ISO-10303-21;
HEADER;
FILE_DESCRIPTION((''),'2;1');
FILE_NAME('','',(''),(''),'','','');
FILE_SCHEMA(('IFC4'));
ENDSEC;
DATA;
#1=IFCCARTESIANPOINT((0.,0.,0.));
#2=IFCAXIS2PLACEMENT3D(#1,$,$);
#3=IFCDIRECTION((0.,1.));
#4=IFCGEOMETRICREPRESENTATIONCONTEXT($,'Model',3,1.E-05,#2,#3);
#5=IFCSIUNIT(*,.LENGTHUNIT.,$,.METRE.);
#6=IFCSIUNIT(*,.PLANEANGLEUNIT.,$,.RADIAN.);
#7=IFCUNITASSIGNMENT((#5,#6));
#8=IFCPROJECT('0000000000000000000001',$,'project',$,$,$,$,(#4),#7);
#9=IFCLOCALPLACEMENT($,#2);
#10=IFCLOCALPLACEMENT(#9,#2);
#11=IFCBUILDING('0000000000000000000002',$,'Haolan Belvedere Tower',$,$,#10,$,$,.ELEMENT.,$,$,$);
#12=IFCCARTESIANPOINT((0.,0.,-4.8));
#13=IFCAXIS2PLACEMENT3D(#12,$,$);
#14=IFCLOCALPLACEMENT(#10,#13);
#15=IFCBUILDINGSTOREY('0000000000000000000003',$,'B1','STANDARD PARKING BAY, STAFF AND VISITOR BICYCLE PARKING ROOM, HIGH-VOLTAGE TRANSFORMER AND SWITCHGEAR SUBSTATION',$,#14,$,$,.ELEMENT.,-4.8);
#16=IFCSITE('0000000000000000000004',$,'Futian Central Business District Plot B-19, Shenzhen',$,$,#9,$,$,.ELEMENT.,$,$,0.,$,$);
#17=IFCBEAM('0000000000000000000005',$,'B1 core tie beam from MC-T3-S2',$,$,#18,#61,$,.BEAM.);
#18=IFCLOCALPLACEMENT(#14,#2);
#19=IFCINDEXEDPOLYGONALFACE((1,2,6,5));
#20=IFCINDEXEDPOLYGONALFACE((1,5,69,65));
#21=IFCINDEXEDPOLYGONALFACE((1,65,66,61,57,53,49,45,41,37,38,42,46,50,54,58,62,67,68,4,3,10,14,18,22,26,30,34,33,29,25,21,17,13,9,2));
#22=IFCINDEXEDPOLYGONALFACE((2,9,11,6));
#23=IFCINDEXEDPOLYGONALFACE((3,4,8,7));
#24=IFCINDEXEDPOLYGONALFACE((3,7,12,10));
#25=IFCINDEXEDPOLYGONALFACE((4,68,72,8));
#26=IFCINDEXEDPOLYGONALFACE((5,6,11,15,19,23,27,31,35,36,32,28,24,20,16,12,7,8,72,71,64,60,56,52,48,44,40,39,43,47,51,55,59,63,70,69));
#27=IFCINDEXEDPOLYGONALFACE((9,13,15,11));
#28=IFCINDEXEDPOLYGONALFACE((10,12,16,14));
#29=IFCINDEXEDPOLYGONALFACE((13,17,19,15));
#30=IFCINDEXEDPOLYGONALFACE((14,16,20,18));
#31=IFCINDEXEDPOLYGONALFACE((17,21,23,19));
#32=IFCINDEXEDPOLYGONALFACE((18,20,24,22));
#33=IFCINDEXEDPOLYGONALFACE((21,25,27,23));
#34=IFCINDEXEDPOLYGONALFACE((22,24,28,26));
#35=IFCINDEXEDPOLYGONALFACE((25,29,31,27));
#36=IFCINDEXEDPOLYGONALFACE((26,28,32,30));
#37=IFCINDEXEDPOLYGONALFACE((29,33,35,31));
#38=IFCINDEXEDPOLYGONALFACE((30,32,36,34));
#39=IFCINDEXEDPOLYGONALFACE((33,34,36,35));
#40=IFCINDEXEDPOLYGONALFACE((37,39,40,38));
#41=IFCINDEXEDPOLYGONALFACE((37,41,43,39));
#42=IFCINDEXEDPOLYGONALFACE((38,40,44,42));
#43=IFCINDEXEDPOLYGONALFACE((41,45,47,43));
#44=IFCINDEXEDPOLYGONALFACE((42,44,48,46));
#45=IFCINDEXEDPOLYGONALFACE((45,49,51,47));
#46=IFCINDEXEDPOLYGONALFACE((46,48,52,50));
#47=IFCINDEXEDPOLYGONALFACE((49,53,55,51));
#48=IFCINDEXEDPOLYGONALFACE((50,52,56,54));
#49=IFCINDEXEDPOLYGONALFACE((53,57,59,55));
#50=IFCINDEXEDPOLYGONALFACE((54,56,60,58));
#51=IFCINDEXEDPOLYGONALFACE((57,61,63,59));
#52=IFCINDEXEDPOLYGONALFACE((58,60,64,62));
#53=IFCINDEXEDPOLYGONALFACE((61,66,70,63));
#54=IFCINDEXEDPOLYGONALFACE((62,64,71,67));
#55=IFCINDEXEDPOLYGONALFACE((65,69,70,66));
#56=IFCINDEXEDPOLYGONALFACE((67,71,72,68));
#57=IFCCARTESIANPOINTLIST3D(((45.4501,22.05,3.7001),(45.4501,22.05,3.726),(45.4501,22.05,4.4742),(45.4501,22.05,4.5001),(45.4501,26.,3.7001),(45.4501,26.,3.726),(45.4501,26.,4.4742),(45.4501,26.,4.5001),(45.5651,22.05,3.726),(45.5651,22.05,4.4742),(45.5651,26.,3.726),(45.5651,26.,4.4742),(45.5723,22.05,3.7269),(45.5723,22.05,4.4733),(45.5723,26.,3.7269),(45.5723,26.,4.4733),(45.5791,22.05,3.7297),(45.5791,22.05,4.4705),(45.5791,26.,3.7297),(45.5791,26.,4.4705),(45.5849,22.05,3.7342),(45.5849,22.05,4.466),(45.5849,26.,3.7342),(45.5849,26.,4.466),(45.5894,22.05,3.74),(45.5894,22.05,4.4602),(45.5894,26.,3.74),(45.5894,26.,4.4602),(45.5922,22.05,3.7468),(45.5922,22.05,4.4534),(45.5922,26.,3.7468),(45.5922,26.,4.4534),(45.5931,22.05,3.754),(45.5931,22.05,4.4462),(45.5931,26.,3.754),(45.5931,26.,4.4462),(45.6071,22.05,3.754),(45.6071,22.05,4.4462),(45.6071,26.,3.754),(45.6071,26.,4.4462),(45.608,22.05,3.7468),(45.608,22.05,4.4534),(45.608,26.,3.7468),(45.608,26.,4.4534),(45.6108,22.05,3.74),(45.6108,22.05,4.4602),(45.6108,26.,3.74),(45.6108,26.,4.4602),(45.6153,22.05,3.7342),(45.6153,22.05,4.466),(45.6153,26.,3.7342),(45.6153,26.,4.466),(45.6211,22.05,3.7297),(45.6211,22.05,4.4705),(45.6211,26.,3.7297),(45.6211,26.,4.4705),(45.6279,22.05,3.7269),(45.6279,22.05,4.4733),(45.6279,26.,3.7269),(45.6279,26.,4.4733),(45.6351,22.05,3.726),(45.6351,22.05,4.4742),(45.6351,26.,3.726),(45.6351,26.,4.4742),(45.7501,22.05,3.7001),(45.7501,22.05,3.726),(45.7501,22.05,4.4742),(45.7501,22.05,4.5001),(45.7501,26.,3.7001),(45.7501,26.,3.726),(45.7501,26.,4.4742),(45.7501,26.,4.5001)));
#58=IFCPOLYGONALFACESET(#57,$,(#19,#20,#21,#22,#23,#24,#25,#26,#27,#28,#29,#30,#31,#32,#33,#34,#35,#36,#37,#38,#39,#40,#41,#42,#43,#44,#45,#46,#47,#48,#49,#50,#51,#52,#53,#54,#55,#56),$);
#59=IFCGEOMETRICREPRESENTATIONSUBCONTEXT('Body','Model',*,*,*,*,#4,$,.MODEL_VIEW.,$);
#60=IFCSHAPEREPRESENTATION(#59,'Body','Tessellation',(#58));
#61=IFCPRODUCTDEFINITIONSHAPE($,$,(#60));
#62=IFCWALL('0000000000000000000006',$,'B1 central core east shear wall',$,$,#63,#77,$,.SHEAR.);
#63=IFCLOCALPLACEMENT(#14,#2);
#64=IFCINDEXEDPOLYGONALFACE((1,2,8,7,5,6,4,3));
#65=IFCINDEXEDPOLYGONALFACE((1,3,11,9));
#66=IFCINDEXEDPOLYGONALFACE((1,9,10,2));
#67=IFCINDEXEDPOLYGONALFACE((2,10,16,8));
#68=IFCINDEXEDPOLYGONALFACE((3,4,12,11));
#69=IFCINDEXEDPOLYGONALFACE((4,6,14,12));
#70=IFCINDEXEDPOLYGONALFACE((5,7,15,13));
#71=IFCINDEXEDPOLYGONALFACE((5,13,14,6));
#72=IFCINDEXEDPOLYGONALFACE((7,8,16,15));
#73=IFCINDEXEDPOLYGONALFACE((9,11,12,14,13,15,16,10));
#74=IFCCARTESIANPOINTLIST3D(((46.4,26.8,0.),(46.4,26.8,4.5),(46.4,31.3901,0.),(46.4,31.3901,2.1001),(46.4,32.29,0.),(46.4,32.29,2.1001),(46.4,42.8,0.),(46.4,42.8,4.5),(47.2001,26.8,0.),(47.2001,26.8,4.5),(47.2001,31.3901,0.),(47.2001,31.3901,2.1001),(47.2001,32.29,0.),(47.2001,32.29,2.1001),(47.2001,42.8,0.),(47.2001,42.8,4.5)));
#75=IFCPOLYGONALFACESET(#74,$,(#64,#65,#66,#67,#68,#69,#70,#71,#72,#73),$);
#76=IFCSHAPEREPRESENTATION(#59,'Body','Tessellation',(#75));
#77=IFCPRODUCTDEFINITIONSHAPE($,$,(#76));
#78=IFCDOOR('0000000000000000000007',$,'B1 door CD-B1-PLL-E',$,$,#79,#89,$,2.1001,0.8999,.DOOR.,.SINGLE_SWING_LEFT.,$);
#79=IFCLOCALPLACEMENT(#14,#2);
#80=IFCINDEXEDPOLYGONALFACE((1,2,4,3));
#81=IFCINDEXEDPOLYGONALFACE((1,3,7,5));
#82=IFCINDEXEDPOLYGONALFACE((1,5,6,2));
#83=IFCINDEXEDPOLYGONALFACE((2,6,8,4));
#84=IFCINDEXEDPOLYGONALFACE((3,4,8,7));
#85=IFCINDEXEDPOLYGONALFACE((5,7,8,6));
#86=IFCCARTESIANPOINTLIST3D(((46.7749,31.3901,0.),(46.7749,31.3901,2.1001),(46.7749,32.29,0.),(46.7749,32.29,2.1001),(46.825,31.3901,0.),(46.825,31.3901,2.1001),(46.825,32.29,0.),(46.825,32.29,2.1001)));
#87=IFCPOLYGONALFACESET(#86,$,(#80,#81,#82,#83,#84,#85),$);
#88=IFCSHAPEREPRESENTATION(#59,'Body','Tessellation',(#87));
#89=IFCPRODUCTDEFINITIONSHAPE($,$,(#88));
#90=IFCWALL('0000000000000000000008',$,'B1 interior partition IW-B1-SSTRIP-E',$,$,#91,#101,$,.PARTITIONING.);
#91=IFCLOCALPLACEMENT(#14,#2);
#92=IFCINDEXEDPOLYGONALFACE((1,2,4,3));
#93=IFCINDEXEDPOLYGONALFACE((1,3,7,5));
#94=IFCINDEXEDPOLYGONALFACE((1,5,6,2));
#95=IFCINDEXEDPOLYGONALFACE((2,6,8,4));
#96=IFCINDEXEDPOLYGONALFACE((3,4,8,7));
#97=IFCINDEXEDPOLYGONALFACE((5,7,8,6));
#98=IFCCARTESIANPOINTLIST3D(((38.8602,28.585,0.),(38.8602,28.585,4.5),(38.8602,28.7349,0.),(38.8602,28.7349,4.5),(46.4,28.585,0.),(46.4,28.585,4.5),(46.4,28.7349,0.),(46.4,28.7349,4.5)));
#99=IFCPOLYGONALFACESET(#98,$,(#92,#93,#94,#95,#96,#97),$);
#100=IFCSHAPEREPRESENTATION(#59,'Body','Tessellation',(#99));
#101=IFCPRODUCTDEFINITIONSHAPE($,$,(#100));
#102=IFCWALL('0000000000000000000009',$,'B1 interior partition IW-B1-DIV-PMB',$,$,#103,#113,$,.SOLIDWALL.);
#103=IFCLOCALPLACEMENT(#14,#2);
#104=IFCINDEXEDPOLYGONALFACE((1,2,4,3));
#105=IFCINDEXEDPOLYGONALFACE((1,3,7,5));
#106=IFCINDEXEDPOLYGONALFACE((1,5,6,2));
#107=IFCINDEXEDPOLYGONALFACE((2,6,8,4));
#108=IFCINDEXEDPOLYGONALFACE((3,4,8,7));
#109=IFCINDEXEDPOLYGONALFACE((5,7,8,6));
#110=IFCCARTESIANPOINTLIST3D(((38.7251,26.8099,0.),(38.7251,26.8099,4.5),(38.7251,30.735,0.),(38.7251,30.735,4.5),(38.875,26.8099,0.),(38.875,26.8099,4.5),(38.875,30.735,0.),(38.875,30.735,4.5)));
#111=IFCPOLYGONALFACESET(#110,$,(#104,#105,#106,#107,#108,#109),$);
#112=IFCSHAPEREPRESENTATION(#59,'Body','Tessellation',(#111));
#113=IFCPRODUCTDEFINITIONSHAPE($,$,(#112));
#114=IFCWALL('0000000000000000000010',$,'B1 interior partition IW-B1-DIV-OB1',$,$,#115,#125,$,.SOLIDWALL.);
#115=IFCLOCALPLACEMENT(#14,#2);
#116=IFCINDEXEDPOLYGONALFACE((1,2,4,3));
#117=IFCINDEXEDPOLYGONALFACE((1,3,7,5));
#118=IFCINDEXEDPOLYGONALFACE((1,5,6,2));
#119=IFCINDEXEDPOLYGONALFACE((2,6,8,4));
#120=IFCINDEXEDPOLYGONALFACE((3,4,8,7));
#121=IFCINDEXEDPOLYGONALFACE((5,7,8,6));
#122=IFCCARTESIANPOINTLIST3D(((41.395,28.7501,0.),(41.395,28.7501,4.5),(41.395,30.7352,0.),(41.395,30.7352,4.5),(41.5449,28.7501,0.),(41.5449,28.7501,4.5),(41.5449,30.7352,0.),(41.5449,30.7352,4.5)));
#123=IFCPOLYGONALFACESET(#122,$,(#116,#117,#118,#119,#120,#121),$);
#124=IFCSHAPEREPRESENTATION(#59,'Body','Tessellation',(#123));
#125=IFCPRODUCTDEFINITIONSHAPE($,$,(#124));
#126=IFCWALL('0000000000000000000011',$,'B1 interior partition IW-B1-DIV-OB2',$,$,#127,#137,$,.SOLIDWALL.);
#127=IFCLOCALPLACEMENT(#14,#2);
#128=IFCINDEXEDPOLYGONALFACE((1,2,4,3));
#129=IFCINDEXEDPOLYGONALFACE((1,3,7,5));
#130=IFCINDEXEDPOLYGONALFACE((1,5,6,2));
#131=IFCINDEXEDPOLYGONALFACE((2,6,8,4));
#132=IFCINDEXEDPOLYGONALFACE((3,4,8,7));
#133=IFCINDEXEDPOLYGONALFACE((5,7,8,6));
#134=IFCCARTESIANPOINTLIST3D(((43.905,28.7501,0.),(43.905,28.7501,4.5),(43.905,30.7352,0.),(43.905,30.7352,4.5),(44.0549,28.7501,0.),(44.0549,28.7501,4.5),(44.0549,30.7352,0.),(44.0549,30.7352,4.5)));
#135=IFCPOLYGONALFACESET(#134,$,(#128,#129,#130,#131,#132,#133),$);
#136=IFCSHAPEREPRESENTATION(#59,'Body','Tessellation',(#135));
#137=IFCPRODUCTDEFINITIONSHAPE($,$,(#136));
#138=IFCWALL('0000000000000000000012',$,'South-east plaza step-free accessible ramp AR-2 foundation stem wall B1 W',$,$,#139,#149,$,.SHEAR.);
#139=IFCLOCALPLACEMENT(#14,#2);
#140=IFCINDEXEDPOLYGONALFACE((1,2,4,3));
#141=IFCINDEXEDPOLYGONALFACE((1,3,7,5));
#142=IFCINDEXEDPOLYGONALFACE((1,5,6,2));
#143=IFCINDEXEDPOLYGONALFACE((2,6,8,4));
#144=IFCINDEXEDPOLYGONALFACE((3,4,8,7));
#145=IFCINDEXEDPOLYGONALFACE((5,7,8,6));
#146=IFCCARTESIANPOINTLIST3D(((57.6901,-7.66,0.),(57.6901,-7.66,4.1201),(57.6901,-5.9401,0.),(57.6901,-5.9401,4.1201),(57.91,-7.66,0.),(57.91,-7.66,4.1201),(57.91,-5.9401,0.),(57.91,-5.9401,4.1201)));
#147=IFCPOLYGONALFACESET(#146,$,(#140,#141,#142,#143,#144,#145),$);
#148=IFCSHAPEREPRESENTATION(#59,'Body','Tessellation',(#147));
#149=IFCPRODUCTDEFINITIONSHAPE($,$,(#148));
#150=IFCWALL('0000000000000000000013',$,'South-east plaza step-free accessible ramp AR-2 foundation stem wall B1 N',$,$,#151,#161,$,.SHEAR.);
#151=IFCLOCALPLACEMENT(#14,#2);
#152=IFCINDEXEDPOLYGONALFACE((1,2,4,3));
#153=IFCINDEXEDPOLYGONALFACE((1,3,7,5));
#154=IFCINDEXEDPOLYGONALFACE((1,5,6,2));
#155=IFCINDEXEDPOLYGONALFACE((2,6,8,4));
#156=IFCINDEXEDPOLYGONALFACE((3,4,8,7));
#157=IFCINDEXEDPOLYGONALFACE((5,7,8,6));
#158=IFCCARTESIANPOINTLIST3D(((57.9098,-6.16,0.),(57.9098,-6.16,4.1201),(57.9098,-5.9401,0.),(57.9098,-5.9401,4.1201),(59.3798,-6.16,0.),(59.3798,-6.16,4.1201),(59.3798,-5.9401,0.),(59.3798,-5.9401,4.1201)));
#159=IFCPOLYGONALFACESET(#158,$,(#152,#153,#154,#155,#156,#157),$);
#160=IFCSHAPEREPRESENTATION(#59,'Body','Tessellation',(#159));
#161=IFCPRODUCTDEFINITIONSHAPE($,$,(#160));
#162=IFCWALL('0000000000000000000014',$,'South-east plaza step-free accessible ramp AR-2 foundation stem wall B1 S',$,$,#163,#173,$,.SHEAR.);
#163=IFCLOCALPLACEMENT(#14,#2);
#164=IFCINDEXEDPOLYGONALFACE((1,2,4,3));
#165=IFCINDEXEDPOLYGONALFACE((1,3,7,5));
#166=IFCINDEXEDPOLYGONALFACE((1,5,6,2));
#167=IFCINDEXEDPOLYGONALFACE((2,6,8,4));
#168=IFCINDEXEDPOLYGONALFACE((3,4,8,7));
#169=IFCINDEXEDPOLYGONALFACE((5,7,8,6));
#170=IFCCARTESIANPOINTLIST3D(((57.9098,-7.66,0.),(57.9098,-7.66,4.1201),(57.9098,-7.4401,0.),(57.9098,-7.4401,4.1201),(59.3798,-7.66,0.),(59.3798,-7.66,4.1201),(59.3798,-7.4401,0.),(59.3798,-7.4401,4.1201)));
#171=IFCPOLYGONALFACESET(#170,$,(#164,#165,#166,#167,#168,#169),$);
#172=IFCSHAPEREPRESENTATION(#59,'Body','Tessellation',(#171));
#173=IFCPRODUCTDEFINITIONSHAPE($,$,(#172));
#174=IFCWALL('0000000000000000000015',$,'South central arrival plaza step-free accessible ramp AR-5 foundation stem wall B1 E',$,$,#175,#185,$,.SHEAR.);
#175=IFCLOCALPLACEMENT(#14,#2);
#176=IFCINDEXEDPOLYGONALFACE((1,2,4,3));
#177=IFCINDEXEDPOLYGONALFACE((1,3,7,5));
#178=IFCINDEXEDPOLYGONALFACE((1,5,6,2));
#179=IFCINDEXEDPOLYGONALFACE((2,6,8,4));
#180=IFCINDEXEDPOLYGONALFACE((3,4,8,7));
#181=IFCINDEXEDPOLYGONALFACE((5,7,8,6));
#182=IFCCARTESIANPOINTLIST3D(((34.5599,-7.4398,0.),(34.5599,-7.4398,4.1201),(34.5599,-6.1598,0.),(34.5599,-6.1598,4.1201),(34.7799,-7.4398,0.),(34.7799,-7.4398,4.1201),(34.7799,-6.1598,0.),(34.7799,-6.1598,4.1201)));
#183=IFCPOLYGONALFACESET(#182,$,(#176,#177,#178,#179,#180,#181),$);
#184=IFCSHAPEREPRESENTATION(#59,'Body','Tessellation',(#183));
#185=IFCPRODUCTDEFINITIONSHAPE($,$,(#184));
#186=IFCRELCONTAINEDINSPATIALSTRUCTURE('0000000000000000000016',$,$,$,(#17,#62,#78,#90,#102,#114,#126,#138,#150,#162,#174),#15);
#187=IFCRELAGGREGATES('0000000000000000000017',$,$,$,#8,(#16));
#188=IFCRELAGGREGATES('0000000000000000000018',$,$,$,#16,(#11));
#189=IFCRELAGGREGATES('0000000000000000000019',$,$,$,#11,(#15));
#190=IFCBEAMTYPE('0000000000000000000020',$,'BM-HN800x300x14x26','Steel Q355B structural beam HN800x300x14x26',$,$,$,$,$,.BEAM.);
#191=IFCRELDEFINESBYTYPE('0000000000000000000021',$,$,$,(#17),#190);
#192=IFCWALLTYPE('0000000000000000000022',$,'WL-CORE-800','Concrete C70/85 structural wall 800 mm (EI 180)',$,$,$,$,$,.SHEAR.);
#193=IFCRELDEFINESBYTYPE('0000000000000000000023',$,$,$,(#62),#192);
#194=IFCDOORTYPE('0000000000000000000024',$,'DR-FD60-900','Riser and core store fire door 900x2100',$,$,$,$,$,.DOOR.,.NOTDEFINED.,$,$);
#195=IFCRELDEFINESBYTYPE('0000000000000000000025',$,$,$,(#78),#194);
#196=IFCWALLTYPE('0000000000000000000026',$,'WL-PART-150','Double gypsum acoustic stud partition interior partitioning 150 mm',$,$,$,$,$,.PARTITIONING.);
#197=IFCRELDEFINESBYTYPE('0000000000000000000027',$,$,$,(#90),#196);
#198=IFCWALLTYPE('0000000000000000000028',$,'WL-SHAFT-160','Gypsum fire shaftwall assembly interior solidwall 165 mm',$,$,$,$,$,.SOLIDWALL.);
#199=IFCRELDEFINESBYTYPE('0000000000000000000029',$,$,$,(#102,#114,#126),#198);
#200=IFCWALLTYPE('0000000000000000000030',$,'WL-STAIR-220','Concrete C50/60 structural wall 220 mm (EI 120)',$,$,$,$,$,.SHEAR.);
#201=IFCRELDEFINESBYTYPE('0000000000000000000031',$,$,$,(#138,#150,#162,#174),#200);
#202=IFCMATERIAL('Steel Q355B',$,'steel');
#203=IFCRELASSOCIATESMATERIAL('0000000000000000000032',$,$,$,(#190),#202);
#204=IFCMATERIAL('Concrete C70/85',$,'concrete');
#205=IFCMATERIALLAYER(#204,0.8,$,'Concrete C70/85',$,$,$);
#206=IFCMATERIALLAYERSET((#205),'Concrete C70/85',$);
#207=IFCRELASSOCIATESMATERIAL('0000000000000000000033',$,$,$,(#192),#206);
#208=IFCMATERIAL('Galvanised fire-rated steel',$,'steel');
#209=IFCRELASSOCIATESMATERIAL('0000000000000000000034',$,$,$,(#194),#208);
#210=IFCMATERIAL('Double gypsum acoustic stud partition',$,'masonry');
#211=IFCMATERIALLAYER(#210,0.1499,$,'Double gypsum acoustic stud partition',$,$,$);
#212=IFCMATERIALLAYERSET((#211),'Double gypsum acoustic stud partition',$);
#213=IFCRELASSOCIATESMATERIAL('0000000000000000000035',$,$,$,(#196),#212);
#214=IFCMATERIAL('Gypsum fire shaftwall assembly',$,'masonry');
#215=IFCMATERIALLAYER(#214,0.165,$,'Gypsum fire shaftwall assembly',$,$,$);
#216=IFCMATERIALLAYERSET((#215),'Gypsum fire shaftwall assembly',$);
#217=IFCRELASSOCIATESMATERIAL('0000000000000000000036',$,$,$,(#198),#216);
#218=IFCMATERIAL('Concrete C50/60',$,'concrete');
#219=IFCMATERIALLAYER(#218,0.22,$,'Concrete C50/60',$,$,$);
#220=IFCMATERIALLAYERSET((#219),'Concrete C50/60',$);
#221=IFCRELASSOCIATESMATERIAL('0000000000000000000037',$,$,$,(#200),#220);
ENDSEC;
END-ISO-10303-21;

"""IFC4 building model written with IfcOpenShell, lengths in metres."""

from ifc_helpers import new_model, si_unit, direction, frame, frame_2d, origin, origin_2d, place, context, subcontext, project, spatial, rectangle, i_section, extrude, material, layer, layer_set, material_profile, profile_set, type_object, element, fill, save


model = new_model("IFC4")

# Units and contexts
model_context = context("Model", 3, precision=1e-05, world=origin(), true_north=direction((0.0, 1.0)))
body_context = subcontext(model_context, "Body", "Model", "MODEL_VIEW")
ifc_project = project(units=[si_unit("LENGTHUNIT", "METRE"), si_unit("PLANEANGLEUNIT", "RADIAN")], contexts=[model_context])

# Site, building, storey
site_placement = place(None, origin())
site = spatial("IfcSite", under=ifc_project, at=site_placement, Name="Futian Central Business District Plot B-19, Shenzhen", CompositionType="ELEMENT", RefElevation=0.0)
building_placement = place(site_placement, origin())
building = spatial("IfcBuilding", under=site, at=building_placement, Name="Haolan Belvedere Tower", CompositionType="ELEMENT")
storey_placement = place(building_placement, frame((0.0, 0.0, -4.8)))
storey = spatial("IfcBuildingStorey", under=building, at=storey_placement, Name="B1", Description="STANDARD PARKING BAY, STAFF AND VISITOR BICYCLE PARKING ROOM, HIGH-VOLTAGE TRANSFORMER AND SWITCHGEAR SUBSTATION", CompositionType="ELEMENT", Elevation=-4.8)

# Shared definitions
ifc_material_1 = material(Name="Steel Q355B", Category="steel")

# Beam
ifc_material_profile_1 = material_profile(ifc_material_1, i_section(OverallWidth=0.3, OverallDepth=0.8, WebThickness=0.0139, FlangeThickness=0.0259, FilletRadius=0.0281, at=origin_2d()), Name="Steel Q355B")
ifc_profile_set_1 = profile_set([ifc_material_profile_1], Name="Steel Q355B")
beam_type_1 = type_object("IfcBeamType", Name="BM-HN800x300x14x26", Description="Steel Q355B structural beam HN800x300x14x26", PredefinedType="BEAM", material=ifc_profile_set_1)
beam_1_placement = place(storey_placement, frame((45.6001, 22.05, 4.1001), z_axis=(0.0, 1.0, 0.0), x_axis=(-1.0, 0.0, 0.0)))
element("IfcBeam", 1, at=beam_1_placement, inside=storey, type_object=beam_type_1, Name="B1 core tie beam from MC-T3-S2", PredefinedType="BEAM", context=body_context, shape_type="SweptSolid", body=[
    extrude(i_section(OverallWidth=0.3, OverallDepth=0.8, WebThickness=0.0139, FlangeThickness=0.0259, FilletRadius=0.0281, at=origin_2d()), origin(), (0.0, 0.0, 1.0), 3.95),
])

# Wall, opening, door
ifc_material_2 = material(Name="Concrete C70/85", Category="concrete")
ifc_layer_1 = layer(ifc_material_2, 0.8, Name="Concrete C70/85")
ifc_layer_set_1 = layer_set([ifc_layer_1], Name="Concrete C70/85")
wall_type_1 = type_object("IfcWallType", Name="WL-CORE-800", Description="Concrete C70/85 structural wall 800 mm (EI 180)", PredefinedType="SHEAR", material=ifc_layer_set_1)
wall_1_placement = place(storey_placement, frame((46.8, 26.8, 0.0), z_axis=(0.0, 0.0, 1.0), x_axis=(0.0, 1.0, 0.0)))
wall_1 = element("IfcWall", 2, at=wall_1_placement, inside=storey, type_object=wall_type_1, Name="B1 central core east shear wall", PredefinedType="SHEAR", context=body_context, shape_type="SweptSolid", body=[
    extrude(rectangle(XDim=16.0, YDim=0.8, at=frame_2d((8.0, 0.0))), origin(), (0.0, 0.0, 1.0), 4.5),
])
opening_placement = place(wall_1_placement, frame((5.49, 0.0, 0.0), z_axis=(0.0, 0.0, 1.0), x_axis=(-1.0, 0.0, 0.0)))
opening = element("IfcOpeningElement", 3, at=opening_placement, cuts=wall_1, PredefinedType="OPENING", context=body_context, shape_type="SweptSolid", body=[
    extrude(rectangle(XDim=0.8999, YDim=2.1001, at=frame_2d((0.45, 1.05))), frame((0.0, 0.4099, 0.0), z_axis=(0.0, -1.0, 0.0), x_axis=(1.0, 0.0, 0.0)), (0.0, 0.0, 1.0), 0.8201),
])
ifc_material_3 = material(Name="Galvanised fire-rated steel", Category="steel")
door_type = type_object("IfcDoorType", Name="DR-FD60-900", Description="Riser and core store fire door 900x2100", OperationType="NOTDEFINED", PredefinedType="DOOR", material=ifc_material_3)
door_placement = place(opening_placement, origin())
door = element("IfcDoor", 4, at=door_placement, inside=storey, type_object=door_type, Name="B1 door CD-B1-PLL-E", OperationType="SINGLE_SWING_LEFT", OverallHeight=2.1001, OverallWidth=0.8999, PredefinedType="DOOR", context=body_context, shape_type="SweptSolid", body=[
    extrude(rectangle(XDim=0.8999, YDim=2.1001, at=frame_2d((0.45, 1.05))), frame((0.0, 0.0249, 0.0), z_axis=(0.0, -1.0, 0.0), x_axis=(1.0, 0.0, 0.0)), (0.0, 0.0, 1.0), 0.05),
])
fill(opening, door)

# Walls
ifc_material_4 = material(Name="Double gypsum acoustic stud partition", Category="masonry")
ifc_layer_2 = layer(ifc_material_4, 0.1499, Name="Double gypsum acoustic stud partition")
ifc_layer_set_2 = layer_set([ifc_layer_2], Name="Double gypsum acoustic stud partition")
wall_type_2 = type_object("IfcWallType", Name="WL-PART-150", Description="Double gypsum acoustic stud partition interior partitioning 150 mm", PredefinedType="PARTITIONING", material=ifc_layer_set_2)
wall_2_placement = place(storey_placement, frame((38.8601, 28.6599, 0.0), z_axis=(0.0, 0.0, 1.0), x_axis=(1.0, 0.0, 0.0)))
element("IfcWall", 5, at=wall_2_placement, inside=storey, type_object=wall_type_2, Name="B1 interior partition IW-B1-SSTRIP-E", PredefinedType="PARTITIONING", context=body_context, shape_type="SweptSolid", body=[
    extrude(rectangle(XDim=7.5398, YDim=0.1499, at=frame_2d((3.77, 0.0))), origin(), (0.0, 0.0, 1.0), 4.5),
])
ifc_material_5 = material(Name="Gypsum fire shaftwall assembly", Category="masonry")
ifc_layer_3 = layer(ifc_material_5, 0.165, Name="Gypsum fire shaftwall assembly")
ifc_layer_set_3 = layer_set([ifc_layer_3], Name="Gypsum fire shaftwall assembly")
wall_type_3 = type_object("IfcWallType", Name="WL-SHAFT-160", Description="Gypsum fire shaftwall assembly interior solidwall 165 mm", PredefinedType="SOLIDWALL", material=ifc_layer_set_3)
wall_3_placement = place(storey_placement, frame((38.8, 26.8101, 0.0), z_axis=(0.0, 0.0, 1.0), x_axis=(0.0, 1.0, 0.0)))
element("IfcWall", 6, at=wall_3_placement, inside=storey, type_object=wall_type_3, Name="B1 interior partition IW-B1-DIV-PMB", PredefinedType="SOLIDWALL", context=body_context, shape_type="SweptSolid", body=[
    extrude(rectangle(XDim=3.925, YDim=0.1499, at=frame_2d((1.9624, 0.0))), origin(), (0.0, 0.0, 1.0), 4.5),
])
for number, where, z_axis, x_axis, name in (
    (7, (41.47, 28.75, 0.0), (0.0, 0.0, 1.0), (0.0, 1.0, 0.0), "B1 interior partition IW-B1-DIV-OB1"),
    (8, (43.98, 28.75, 0.0), (0.0, 0.0, 1.0), (0.0, 1.0, 0.0), "B1 interior partition IW-B1-DIV-OB2"),
):
    element("IfcWall", number, at=place(storey_placement, frame(where, z_axis=z_axis, x_axis=x_axis)), inside=storey, type_object=wall_type_3, Name=name, PredefinedType="SOLIDWALL", context=body_context, shape_type="SweptSolid", body=[
        extrude(rectangle(XDim=1.9851, YDim=0.1499, at=frame_2d((0.9927, 0.0))), origin(), (0.0, 0.0, 1.0), 4.5),
    ])
ifc_material_6 = material(Name="Concrete C50/60", Category="concrete")
ifc_layer_4 = layer(ifc_material_6, 0.22, Name="Concrete C50/60")
ifc_layer_set_4 = layer_set([ifc_layer_4], Name="Concrete C50/60")
wall_type_4 = type_object("IfcWallType", Name="WL-STAIR-220", Description="Concrete C50/60 structural wall 220 mm (EI 120)", PredefinedType="SHEAR", material=ifc_layer_set_4)
wall_4_placement = place(storey_placement, frame((57.8, -7.6599, 0.0), z_axis=(0.0, 0.0, 1.0), x_axis=(0.0, 1.0, 0.0)))
element("IfcWall", 9, at=wall_4_placement, inside=storey, type_object=wall_type_4, Name="South-east plaza step-free accessible ramp AR-2 foundation stem wall B1 W", PredefinedType="SHEAR", context=body_context, shape_type="SweptSolid", body=[
    extrude(rectangle(XDim=1.72, YDim=0.22, at=frame_2d((0.8599, 0.0))), origin(), (0.0, 0.0, 1.0), 4.1201),
])
for number, where, z_axis, x_axis, name in (
    (10, (57.9099, -6.05, 0.0), (0.0, 0.0, 1.0), (1.0, 0.0, 0.0), "South-east plaza step-free accessible ramp AR-2 foundation stem wall B1 N"),
    (11, (57.9099, -7.55, 0.0), (0.0, 0.0, 1.0), (1.0, 0.0, 0.0), "South-east plaza step-free accessible ramp AR-2 foundation stem wall B1 S"),
):
    element("IfcWall", number, at=place(storey_placement, frame(where, z_axis=z_axis, x_axis=x_axis)), inside=storey, type_object=wall_type_4, Name=name, PredefinedType="SHEAR", context=body_context, shape_type="SweptSolid", body=[
        extrude(rectangle(XDim=1.47, YDim=0.22, at=frame_2d((0.7349, 0.0))), origin(), (0.0, 0.0, 1.0), 4.1201),
    ])
wall_5_placement = place(storey_placement, frame((34.6699, -7.4399, 0.0), z_axis=(0.0, 0.0, 1.0), x_axis=(0.0, 1.0, 0.0)))
element("IfcWall", 12, at=wall_5_placement, inside=storey, type_object=wall_type_4, Name="South central arrival plaza step-free accessible ramp AR-5 foundation stem wall B1 E", PredefinedType="SHEAR", context=body_context, shape_type="SweptSolid", body=[
    extrude(rectangle(XDim=1.28, YDim=0.22, at=frame_2d((0.6401, 0.0))), origin(), (0.0, 0.0, 1.0), 4.1201),
])

save(model, "model.ifc")
